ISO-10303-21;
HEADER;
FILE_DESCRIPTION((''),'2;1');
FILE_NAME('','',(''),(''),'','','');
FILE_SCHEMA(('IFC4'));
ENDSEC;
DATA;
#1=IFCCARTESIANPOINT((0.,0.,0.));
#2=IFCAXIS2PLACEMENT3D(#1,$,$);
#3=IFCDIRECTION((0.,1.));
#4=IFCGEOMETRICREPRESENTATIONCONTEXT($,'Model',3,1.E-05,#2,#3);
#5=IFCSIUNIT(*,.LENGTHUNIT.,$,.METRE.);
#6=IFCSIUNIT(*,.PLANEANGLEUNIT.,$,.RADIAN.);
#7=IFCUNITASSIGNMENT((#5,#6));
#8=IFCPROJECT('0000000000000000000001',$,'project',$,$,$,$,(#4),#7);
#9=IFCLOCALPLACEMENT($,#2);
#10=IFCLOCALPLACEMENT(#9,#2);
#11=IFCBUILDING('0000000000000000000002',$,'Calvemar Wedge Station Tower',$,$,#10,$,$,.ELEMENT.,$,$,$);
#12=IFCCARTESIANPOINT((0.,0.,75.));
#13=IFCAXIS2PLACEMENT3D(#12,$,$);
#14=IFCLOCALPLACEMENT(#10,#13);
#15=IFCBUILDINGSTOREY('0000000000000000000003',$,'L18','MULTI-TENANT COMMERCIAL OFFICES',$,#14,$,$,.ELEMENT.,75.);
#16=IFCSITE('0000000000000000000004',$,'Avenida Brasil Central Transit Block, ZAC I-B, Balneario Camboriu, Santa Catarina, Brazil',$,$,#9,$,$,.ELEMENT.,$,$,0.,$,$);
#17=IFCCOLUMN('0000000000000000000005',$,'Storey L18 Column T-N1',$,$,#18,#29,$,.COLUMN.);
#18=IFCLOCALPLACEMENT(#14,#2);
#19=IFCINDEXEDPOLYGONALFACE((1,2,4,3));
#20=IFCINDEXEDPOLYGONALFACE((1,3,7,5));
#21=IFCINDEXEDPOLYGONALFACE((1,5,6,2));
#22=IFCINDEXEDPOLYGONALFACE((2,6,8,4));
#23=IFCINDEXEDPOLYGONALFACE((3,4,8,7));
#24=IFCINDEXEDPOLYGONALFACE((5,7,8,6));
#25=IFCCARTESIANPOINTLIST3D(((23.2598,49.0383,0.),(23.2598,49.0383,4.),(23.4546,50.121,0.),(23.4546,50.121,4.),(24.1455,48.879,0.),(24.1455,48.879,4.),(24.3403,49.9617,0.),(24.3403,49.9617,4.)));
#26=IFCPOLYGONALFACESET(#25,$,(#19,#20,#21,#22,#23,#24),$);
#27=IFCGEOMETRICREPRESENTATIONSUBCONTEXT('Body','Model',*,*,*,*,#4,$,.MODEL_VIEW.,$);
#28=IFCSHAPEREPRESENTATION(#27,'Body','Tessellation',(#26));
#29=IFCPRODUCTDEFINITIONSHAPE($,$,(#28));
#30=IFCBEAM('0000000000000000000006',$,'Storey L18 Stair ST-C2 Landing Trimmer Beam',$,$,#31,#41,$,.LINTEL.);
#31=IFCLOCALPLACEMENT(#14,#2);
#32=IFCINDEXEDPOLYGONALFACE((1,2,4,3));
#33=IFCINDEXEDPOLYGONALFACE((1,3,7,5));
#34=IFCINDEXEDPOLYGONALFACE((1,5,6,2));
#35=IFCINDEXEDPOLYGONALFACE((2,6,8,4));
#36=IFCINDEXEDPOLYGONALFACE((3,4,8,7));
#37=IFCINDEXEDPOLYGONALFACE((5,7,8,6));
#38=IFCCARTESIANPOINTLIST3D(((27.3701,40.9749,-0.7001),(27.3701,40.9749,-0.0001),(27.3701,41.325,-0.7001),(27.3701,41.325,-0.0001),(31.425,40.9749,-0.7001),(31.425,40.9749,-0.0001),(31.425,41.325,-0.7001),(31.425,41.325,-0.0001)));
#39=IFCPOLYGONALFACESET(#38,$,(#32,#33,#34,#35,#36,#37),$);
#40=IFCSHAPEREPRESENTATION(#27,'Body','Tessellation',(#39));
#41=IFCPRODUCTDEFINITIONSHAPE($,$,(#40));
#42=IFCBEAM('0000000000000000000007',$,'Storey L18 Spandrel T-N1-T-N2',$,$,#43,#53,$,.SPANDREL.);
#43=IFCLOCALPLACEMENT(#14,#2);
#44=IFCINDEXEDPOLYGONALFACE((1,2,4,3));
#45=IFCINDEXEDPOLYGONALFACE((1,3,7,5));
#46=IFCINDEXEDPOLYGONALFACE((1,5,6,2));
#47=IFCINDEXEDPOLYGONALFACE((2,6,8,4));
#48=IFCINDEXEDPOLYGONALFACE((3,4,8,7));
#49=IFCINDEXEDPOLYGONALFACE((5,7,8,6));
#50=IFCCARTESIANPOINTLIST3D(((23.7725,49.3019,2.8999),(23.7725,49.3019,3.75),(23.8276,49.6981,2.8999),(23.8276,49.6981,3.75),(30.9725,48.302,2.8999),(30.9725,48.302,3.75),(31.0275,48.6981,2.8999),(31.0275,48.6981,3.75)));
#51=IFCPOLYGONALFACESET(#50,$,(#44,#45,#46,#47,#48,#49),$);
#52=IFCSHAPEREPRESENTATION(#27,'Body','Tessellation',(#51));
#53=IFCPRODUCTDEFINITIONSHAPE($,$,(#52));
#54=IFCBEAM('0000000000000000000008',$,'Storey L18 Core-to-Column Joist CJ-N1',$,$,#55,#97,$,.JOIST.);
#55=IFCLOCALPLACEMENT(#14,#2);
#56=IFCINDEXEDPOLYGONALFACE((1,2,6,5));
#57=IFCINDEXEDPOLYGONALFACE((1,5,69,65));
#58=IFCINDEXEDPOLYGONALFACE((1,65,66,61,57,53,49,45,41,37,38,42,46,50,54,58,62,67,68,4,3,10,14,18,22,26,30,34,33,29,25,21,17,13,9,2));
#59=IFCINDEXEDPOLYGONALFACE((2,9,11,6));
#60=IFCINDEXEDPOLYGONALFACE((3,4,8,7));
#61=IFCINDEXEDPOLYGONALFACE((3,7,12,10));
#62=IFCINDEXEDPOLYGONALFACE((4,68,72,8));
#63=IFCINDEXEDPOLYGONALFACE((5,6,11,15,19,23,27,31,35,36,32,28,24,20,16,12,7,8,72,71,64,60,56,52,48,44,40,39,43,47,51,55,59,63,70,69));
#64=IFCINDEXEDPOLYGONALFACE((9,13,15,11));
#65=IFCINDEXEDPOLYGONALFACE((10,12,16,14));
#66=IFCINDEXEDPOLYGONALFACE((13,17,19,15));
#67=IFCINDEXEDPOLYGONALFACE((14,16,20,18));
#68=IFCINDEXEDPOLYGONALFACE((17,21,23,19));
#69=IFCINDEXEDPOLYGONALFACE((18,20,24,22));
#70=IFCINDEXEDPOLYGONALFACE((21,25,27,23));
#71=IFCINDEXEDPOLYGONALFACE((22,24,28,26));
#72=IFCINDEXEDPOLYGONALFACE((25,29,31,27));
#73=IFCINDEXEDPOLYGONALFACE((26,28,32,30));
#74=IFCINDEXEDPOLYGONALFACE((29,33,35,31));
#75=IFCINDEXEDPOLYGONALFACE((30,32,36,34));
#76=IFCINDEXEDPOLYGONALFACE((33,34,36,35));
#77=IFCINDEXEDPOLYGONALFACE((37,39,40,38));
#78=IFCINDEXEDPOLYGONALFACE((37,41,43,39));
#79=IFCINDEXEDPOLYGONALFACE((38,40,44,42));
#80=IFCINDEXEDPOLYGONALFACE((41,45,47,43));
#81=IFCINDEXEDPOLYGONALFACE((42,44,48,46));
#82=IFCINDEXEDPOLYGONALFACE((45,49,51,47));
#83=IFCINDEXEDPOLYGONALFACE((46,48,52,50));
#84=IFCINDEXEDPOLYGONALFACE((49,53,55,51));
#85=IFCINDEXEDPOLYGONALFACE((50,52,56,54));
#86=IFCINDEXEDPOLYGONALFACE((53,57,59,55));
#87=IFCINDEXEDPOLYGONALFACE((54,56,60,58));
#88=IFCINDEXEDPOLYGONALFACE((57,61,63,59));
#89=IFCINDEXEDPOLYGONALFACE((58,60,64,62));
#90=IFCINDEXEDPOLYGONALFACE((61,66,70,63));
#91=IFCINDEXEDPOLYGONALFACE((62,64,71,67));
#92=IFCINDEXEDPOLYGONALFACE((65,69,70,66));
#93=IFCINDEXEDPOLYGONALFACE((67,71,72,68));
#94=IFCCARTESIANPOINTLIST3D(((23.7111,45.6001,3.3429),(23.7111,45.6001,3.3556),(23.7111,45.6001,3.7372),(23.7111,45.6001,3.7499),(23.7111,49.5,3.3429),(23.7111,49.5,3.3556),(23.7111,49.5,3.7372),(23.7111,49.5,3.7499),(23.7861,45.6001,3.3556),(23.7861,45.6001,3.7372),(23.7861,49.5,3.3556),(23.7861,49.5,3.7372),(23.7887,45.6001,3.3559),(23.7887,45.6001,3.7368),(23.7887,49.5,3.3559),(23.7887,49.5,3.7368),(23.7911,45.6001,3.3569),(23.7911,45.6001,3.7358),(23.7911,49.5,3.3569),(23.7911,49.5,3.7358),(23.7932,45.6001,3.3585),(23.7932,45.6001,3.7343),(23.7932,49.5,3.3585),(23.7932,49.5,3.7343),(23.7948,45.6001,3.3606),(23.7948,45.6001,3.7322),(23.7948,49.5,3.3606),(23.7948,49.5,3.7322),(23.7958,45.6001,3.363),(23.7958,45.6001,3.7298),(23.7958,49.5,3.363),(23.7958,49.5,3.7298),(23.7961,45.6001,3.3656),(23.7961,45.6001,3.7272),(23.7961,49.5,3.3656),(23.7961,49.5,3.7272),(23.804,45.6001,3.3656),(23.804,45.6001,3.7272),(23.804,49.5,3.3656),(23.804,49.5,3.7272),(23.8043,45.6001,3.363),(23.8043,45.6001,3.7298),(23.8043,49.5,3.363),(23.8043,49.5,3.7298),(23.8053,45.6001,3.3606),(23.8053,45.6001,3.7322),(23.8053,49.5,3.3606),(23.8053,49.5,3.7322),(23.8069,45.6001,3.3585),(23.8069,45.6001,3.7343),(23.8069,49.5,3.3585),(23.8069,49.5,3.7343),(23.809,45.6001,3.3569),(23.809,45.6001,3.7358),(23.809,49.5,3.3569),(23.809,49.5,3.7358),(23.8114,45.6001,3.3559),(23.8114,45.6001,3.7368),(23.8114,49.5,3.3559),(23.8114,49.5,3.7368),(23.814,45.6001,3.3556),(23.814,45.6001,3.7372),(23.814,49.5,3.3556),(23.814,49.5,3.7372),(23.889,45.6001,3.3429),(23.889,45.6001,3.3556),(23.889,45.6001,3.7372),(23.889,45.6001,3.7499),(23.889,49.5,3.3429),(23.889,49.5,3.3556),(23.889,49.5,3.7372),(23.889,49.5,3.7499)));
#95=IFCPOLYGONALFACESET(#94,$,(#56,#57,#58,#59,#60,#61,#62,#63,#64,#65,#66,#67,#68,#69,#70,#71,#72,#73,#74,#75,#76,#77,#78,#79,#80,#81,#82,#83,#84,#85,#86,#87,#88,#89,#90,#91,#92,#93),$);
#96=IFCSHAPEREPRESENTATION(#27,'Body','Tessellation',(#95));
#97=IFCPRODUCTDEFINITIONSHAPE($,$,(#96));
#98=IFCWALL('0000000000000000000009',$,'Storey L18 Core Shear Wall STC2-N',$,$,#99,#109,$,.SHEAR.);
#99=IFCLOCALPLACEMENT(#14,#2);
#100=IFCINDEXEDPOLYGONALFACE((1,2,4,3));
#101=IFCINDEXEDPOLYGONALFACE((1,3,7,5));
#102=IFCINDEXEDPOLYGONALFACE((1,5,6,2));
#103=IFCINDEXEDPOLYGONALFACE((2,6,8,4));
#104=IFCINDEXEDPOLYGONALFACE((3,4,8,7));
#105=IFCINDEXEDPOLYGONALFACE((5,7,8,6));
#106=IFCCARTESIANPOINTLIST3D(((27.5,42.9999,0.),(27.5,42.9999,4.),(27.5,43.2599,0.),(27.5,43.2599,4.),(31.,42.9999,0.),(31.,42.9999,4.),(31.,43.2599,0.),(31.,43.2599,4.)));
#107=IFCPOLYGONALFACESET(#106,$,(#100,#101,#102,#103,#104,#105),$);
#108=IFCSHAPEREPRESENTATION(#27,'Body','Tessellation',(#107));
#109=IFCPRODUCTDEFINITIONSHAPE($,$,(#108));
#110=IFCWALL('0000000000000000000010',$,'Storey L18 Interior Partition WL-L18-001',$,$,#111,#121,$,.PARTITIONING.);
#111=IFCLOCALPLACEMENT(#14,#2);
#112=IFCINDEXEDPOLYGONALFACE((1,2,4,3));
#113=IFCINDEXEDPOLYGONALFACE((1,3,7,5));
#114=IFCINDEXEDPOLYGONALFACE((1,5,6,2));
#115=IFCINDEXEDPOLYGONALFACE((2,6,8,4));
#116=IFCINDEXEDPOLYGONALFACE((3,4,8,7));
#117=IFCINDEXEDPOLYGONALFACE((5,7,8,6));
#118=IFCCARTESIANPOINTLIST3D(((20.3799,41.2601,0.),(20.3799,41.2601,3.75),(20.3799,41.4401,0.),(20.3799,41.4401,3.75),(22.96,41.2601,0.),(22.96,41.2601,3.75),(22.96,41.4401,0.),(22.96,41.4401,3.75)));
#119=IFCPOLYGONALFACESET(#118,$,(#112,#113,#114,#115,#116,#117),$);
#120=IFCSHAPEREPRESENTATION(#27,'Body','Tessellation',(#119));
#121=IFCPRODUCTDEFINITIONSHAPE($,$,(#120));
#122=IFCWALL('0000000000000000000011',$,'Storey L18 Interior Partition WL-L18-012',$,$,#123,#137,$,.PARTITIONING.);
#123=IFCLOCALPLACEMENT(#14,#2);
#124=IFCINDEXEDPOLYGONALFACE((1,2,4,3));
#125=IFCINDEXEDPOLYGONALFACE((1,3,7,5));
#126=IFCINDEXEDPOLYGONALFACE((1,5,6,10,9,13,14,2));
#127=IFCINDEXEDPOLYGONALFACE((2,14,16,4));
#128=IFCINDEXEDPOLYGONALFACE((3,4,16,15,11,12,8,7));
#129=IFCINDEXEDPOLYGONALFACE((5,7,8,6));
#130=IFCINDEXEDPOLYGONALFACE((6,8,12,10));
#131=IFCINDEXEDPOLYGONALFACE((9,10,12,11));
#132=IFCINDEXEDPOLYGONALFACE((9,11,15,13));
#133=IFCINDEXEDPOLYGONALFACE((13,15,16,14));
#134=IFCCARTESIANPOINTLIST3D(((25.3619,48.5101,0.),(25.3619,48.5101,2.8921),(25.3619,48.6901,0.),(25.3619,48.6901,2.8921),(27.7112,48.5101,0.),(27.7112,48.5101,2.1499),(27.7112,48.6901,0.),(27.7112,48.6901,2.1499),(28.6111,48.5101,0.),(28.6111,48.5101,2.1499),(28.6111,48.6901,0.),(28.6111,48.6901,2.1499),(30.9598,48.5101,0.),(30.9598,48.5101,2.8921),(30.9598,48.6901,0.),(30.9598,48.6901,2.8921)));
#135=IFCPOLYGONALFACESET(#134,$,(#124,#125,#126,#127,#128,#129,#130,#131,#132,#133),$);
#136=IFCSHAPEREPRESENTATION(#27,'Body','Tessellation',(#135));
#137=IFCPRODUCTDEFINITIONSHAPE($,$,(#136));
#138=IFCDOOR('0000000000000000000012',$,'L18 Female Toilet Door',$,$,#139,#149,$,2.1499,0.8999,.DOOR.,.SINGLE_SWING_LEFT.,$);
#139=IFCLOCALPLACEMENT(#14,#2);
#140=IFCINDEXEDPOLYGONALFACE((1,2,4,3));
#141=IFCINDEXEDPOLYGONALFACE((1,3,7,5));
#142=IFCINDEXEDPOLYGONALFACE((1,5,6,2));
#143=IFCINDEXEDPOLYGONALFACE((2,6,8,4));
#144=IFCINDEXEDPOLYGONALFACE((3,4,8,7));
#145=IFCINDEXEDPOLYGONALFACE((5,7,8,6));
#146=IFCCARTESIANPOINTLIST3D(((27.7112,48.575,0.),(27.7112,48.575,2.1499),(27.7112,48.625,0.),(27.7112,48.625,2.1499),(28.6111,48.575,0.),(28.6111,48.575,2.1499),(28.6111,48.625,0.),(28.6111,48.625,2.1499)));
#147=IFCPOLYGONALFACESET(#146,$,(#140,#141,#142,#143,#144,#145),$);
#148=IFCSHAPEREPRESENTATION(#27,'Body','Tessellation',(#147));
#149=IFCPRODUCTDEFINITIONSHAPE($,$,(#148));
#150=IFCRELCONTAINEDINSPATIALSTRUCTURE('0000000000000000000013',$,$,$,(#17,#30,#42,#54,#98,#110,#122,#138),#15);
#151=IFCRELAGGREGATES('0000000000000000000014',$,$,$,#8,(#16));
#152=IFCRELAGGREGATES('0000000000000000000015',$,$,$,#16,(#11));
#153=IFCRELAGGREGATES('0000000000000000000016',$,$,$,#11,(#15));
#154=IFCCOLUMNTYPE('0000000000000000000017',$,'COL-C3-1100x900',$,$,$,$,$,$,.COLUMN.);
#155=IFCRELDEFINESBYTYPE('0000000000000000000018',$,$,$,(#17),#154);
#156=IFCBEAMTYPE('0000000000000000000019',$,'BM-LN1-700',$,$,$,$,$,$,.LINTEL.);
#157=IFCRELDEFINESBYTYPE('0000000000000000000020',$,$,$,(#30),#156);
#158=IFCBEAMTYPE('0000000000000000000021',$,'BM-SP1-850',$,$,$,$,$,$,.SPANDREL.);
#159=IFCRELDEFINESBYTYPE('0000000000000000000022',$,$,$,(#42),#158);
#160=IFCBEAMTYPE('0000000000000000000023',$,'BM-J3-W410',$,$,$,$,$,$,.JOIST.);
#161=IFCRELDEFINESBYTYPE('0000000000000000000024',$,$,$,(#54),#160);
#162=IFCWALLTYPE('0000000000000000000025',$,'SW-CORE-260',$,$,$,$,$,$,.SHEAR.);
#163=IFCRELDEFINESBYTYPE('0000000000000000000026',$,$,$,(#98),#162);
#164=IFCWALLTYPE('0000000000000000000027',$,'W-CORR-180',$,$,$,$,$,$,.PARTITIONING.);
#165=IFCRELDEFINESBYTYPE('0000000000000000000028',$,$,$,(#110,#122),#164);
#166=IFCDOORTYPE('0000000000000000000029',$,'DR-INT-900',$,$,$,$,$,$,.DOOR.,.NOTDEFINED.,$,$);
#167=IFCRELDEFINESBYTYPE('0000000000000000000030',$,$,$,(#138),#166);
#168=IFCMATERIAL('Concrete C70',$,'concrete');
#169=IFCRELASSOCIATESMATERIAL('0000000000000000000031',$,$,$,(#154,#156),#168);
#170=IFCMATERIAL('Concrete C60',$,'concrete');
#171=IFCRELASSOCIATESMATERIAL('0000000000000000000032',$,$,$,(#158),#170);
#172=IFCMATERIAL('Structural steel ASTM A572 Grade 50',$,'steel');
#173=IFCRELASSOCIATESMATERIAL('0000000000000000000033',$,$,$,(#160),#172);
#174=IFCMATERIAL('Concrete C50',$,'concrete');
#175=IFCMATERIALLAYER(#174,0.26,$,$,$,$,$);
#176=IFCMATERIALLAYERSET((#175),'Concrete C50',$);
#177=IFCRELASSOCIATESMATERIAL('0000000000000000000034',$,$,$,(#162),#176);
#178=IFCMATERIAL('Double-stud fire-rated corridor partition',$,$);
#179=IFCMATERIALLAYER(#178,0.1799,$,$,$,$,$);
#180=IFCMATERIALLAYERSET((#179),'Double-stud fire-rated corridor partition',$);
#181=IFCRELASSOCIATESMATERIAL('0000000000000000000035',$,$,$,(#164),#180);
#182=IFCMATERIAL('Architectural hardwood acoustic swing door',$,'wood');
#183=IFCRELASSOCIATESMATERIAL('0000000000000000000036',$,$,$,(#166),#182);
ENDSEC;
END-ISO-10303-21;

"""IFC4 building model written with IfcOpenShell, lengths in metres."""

from ifc_helpers import new_model, si_unit, direction, frame, frame_2d, origin, origin_2d, place, context, subcontext, project, spatial, rectangle, i_section, extrude, source, transform, mapped, material, layer, layer_set, material_profile, profile_set, type_object, element, fill, save


model = new_model("IFC4")

# Units and contexts
model_context = context("Model", 3, precision=1e-05, world=origin(), true_north=direction((0.0, 1.0)))
body_context = subcontext(model_context, "Body", "Model", "MODEL_VIEW")
ifc_project = project(units=[si_unit("LENGTHUNIT", "METRE"), si_unit("PLANEANGLEUNIT", "RADIAN")], contexts=[model_context])

# Site, building, storey
site_placement = place(None, origin())
site = spatial("IfcSite", under=ifc_project, at=site_placement, Name="Avenida Brasil Central Transit Block, ZAC I-B, Balneario Camboriu, Santa Catarina, Brazil", CompositionType="ELEMENT", RefElevation=0.0)
building_placement = place(site_placement, origin())
building = spatial("IfcBuilding", under=site, at=building_placement, Name="Calvemar Wedge Station Tower", CompositionType="ELEMENT")
storey_placement = place(building_placement, frame((0.0, 0.0, 75.0)))
storey = spatial("IfcBuildingStorey", under=building, at=storey_placement, Name="L18", Description="MULTI-TENANT COMMERCIAL OFFICES", CompositionType="ELEMENT", Elevation=75.0)

# Column
ifc_material_1 = material(Name="Concrete C70", Category="concrete")
ifc_material_profile_1 = material_profile(ifc_material_1, rectangle(XDim=0.8999, YDim=1.1001, at=origin_2d()), Name="RC1100x900")
ifc_profile_set_1 = profile_set([ifc_material_profile_1], Name="Concrete C70")
column_type = type_object("IfcColumnType", Name="COL-C3-1100x900", PredefinedType="COLUMN", material=ifc_profile_set_1)
shared_shape_1 = source(origin(), body_context, "Body", "SweptSolid", [
    extrude(rectangle(XDim=0.8999, YDim=1.1001, at=origin_2d()), origin(), (0.0, 0.0, 1.0), 4.0),
])
column_placement = place(storey_placement, frame((23.8, 49.5, 0.0), z_axis=(0.0, 0.0, 1.0), x_axis=(0.984196, -0.177085, 0.0)))
element("IfcColumn", 1, at=column_placement, inside=storey, type_object=column_type, Name="Storey L18 Column T-N1", PredefinedType="COLUMN", context=body_context, shape_type="MappedRepresentation", body=[
    mapped(shared_shape_1, transform((0.0, 0.0, 0.0), scale=1.0)),
])

# Beams
ifc_material_profile_2 = material_profile(ifc_material_1, rectangle(XDim=0.3501, YDim=0.7, at=origin_2d()), Name="RC350x700")
ifc_profile_set_2 = profile_set([ifc_material_profile_2], Name="Concrete C70")
beam_type_1 = type_object("IfcBeamType", Name="BM-LN1-700", PredefinedType="LINTEL", material=ifc_profile_set_2)
shared_shape_2 = source(origin(), body_context, "Body", "SweptSolid", [
    extrude(rectangle(XDim=0.3501, YDim=0.7, at=origin_2d()), origin(), (0.0, 0.0, 1.0), 4.0549),
])
beam_1_placement = place(storey_placement, frame((27.3701, 41.1499, -0.3501), z_axis=(1.0, 0.0, 0.0), x_axis=(0.0, 1.0, 0.0)))
element("IfcBeam", 2, at=beam_1_placement, inside=storey, type_object=beam_type_1, Name="Storey L18 Stair ST-C2 Landing Trimmer Beam", PredefinedType="LINTEL", context=body_context, shape_type="MappedRepresentation", body=[
    mapped(shared_shape_2, transform((0.0, 0.0, 0.0), scale=1.0)),
])
ifc_material_2 = material(Name="Concrete C60", Category="concrete")
ifc_material_profile_3 = material_profile(ifc_material_2, rectangle(XDim=0.3999, YDim=0.8501, at=origin_2d()), Name="RC400x850")
ifc_profile_set_3 = profile_set([ifc_material_profile_3], Name="Concrete C60")
beam_type_2 = type_object("IfcBeamType", Name="BM-SP1-850", PredefinedType="SPANDREL", material=ifc_profile_set_3)
shared_shape_3 = source(origin(), body_context, "Body", "SweptSolid", [
    extrude(rectangle(XDim=0.3999, YDim=0.8501, at=origin_2d()), origin(), (0.0, 0.0, 1.0), 7.269),
])
beam_2_placement = place(storey_placement, frame((23.8, 49.5, 3.325), z_axis=(0.990492, -0.137569, 0.0), x_axis=(0.137569, 0.990492, 0.0)))
element("IfcBeam", 3, at=beam_2_placement, inside=storey, type_object=beam_type_2, Name="Storey L18 Spandrel T-N1-T-N2", PredefinedType="SPANDREL", context=body_context, shape_type="MappedRepresentation", body=[
    mapped(shared_shape_3, transform((0.0, 0.0, 0.0), scale=1.0)),
])
ifc_material_3 = material(Name="Structural steel ASTM A572 Grade 50", Category="steel")
ifc_material_profile_4 = material_profile(ifc_material_3, i_section(OverallWidth=0.178, OverallDepth=0.407, WebThickness=0.0078, FlangeThickness=0.0127, FilletRadius=0.01, at=origin_2d()), Name="W410x60")
ifc_profile_set_4 = profile_set([ifc_material_profile_4], Name="Structural steel ASTM A572 Grade 50")
beam_type_3 = type_object("IfcBeamType", Name="BM-J3-W410", PredefinedType="JOIST", material=ifc_profile_set_4)
shared_shape_4 = source(origin(), body_context, "Body", "SweptSolid", [
    extrude(i_section(OverallWidth=0.178, OverallDepth=0.407, WebThickness=0.0078, FlangeThickness=0.0127, FilletRadius=0.01, at=origin_2d()), origin(), (0.0, 0.0, 1.0), 3.8999),
])
beam_3_placement = place(storey_placement, frame((23.8, 45.6001, 3.5464), z_axis=(0.0, 1.0, 0.0), x_axis=(-1.0, 0.0, 0.0)))
element("IfcBeam", 4, at=beam_3_placement, inside=storey, type_object=beam_type_3, Name="Storey L18 Core-to-Column Joist CJ-N1", PredefinedType="JOIST", context=body_context, shape_type="MappedRepresentation", body=[
    mapped(shared_shape_4, transform((0.0, 0.0, 0.0), scale=1.0)),
])

# Walls
ifc_material_4 = material(Name="Concrete C50", Category="concrete")
ifc_layer_1 = layer(ifc_material_4, 0.26)
ifc_layer_set_1 = layer_set([ifc_layer_1], Name="Concrete C50")
wall_type_1 = type_object("IfcWallType", Name="SW-CORE-260", PredefinedType="SHEAR", material=ifc_layer_set_1)
wall_1_placement = place(storey_placement, frame((27.5, 43.1299, 0.0), z_axis=(0.0, 0.0, 1.0), x_axis=(1.0, 0.0, 0.0)))
element("IfcWall", 5, at=wall_1_placement, inside=storey, type_object=wall_type_1, Name="Storey L18 Core Shear Wall STC2-N", PredefinedType="SHEAR", context=body_context, shape_type="SweptSolid", body=[
    extrude(rectangle(XDim=3.5, YDim=0.26, at=frame_2d((1.75, 0.0))), origin(), (0.0, 0.0, 1.0), 4.0),
])
ifc_material_5 = material(Name="Double-stud fire-rated corridor partition")
ifc_layer_2 = layer(ifc_material_5, 0.1799)
ifc_layer_set_2 = layer_set([ifc_layer_2], Name="Double-stud fire-rated corridor partition")
wall_type_2 = type_object("IfcWallType", Name="W-CORR-180", PredefinedType="PARTITIONING", material=ifc_layer_set_2)
wall_2_placement = place(storey_placement, frame((22.96, 41.3501, 0.0), z_axis=(0.0, 0.0, 1.0), x_axis=(-1.0, 0.0, 0.0)))
element("IfcWall", 6, at=wall_2_placement, inside=storey, type_object=wall_type_2, Name="Storey L18 Interior Partition WL-L18-001", PredefinedType="PARTITIONING", context=body_context, shape_type="SweptSolid", body=[
    extrude(rectangle(XDim=2.5801, YDim=0.1799, at=frame_2d((1.29, 0.0))), origin(), (0.0, 0.0, 1.0), 3.75),
])

# Wall, opening, door
wall_3_placement = place(storey_placement, frame((25.3621, 48.6001, 0.0), z_axis=(0.0, 0.0, 1.0), x_axis=(1.0, 0.0, 0.0)))
wall_3 = element("IfcWall", 7, at=wall_3_placement, inside=storey, type_object=wall_type_2, Name="Storey L18 Interior Partition WL-L18-012", PredefinedType="PARTITIONING", context=body_context, shape_type="SweptSolid", body=[
    extrude(rectangle(XDim=5.5979, YDim=0.1799, at=frame_2d((2.7988, 0.0))), origin(), (0.0, 0.0, 1.0), 2.8921),
])
shared_shape_5 = source(origin(), body_context, "Body", "SweptSolid", [
    extrude(rectangle(XDim=0.8999, YDim=2.1499, at=frame_2d((0.45, 1.075))), frame((0.0, 0.1001, 0.0), z_axis=(0.0, -1.0, 0.0), x_axis=(1.0, 0.0, 0.0)), (0.0, 0.0, 1.0), 0.2),
])
opening_1_placement = place(wall_3_placement, frame((2.3491, 0.0, 0.0)))
opening_1 = element("IfcOpeningElement", 8, at=opening_1_placement, cuts=wall_3, PredefinedType="OPENING", context=body_context, shape_type="MappedRepresentation", body=[
    mapped(shared_shape_5, transform((0.0, 0.0, 0.0), scale=1.0)),
])
ifc_material_6 = material(Name="Architectural hardwood acoustic swing door", Category="wood")
door_type_1 = type_object("IfcDoorType", Name="DR-INT-900", OperationType="NOTDEFINED", PredefinedType="DOOR", material=ifc_material_6)
shared_shape_6 = source(origin(), body_context, "Body", "SweptSolid", [
    extrude(rectangle(XDim=0.8999, YDim=2.1499, at=frame_2d((0.45, 1.075))), frame((0.0, 0.0249, 0.0), z_axis=(0.0, -1.0, 0.0), x_axis=(1.0, 0.0, 0.0)), (0.0, 0.0, 1.0), 0.05),
])
door_1_placement = place(opening_1_placement, origin())
door_1 = element("IfcDoor", 9, at=door_1_placement, inside=storey, type_object=door_type_1, Name="L18 Female Toilet Door", OperationType="SINGLE_SWING_LEFT", OverallHeight=2.1499, OverallWidth=0.8999, PredefinedType="DOOR", context=body_context, shape_type="MappedRepresentation", body=[
    mapped(shared_shape_6, transform((0.0, 0.0, 0.0), scale=1.0)),
])
fill(opening_1, door_1)

save(model, "model.ifc")
